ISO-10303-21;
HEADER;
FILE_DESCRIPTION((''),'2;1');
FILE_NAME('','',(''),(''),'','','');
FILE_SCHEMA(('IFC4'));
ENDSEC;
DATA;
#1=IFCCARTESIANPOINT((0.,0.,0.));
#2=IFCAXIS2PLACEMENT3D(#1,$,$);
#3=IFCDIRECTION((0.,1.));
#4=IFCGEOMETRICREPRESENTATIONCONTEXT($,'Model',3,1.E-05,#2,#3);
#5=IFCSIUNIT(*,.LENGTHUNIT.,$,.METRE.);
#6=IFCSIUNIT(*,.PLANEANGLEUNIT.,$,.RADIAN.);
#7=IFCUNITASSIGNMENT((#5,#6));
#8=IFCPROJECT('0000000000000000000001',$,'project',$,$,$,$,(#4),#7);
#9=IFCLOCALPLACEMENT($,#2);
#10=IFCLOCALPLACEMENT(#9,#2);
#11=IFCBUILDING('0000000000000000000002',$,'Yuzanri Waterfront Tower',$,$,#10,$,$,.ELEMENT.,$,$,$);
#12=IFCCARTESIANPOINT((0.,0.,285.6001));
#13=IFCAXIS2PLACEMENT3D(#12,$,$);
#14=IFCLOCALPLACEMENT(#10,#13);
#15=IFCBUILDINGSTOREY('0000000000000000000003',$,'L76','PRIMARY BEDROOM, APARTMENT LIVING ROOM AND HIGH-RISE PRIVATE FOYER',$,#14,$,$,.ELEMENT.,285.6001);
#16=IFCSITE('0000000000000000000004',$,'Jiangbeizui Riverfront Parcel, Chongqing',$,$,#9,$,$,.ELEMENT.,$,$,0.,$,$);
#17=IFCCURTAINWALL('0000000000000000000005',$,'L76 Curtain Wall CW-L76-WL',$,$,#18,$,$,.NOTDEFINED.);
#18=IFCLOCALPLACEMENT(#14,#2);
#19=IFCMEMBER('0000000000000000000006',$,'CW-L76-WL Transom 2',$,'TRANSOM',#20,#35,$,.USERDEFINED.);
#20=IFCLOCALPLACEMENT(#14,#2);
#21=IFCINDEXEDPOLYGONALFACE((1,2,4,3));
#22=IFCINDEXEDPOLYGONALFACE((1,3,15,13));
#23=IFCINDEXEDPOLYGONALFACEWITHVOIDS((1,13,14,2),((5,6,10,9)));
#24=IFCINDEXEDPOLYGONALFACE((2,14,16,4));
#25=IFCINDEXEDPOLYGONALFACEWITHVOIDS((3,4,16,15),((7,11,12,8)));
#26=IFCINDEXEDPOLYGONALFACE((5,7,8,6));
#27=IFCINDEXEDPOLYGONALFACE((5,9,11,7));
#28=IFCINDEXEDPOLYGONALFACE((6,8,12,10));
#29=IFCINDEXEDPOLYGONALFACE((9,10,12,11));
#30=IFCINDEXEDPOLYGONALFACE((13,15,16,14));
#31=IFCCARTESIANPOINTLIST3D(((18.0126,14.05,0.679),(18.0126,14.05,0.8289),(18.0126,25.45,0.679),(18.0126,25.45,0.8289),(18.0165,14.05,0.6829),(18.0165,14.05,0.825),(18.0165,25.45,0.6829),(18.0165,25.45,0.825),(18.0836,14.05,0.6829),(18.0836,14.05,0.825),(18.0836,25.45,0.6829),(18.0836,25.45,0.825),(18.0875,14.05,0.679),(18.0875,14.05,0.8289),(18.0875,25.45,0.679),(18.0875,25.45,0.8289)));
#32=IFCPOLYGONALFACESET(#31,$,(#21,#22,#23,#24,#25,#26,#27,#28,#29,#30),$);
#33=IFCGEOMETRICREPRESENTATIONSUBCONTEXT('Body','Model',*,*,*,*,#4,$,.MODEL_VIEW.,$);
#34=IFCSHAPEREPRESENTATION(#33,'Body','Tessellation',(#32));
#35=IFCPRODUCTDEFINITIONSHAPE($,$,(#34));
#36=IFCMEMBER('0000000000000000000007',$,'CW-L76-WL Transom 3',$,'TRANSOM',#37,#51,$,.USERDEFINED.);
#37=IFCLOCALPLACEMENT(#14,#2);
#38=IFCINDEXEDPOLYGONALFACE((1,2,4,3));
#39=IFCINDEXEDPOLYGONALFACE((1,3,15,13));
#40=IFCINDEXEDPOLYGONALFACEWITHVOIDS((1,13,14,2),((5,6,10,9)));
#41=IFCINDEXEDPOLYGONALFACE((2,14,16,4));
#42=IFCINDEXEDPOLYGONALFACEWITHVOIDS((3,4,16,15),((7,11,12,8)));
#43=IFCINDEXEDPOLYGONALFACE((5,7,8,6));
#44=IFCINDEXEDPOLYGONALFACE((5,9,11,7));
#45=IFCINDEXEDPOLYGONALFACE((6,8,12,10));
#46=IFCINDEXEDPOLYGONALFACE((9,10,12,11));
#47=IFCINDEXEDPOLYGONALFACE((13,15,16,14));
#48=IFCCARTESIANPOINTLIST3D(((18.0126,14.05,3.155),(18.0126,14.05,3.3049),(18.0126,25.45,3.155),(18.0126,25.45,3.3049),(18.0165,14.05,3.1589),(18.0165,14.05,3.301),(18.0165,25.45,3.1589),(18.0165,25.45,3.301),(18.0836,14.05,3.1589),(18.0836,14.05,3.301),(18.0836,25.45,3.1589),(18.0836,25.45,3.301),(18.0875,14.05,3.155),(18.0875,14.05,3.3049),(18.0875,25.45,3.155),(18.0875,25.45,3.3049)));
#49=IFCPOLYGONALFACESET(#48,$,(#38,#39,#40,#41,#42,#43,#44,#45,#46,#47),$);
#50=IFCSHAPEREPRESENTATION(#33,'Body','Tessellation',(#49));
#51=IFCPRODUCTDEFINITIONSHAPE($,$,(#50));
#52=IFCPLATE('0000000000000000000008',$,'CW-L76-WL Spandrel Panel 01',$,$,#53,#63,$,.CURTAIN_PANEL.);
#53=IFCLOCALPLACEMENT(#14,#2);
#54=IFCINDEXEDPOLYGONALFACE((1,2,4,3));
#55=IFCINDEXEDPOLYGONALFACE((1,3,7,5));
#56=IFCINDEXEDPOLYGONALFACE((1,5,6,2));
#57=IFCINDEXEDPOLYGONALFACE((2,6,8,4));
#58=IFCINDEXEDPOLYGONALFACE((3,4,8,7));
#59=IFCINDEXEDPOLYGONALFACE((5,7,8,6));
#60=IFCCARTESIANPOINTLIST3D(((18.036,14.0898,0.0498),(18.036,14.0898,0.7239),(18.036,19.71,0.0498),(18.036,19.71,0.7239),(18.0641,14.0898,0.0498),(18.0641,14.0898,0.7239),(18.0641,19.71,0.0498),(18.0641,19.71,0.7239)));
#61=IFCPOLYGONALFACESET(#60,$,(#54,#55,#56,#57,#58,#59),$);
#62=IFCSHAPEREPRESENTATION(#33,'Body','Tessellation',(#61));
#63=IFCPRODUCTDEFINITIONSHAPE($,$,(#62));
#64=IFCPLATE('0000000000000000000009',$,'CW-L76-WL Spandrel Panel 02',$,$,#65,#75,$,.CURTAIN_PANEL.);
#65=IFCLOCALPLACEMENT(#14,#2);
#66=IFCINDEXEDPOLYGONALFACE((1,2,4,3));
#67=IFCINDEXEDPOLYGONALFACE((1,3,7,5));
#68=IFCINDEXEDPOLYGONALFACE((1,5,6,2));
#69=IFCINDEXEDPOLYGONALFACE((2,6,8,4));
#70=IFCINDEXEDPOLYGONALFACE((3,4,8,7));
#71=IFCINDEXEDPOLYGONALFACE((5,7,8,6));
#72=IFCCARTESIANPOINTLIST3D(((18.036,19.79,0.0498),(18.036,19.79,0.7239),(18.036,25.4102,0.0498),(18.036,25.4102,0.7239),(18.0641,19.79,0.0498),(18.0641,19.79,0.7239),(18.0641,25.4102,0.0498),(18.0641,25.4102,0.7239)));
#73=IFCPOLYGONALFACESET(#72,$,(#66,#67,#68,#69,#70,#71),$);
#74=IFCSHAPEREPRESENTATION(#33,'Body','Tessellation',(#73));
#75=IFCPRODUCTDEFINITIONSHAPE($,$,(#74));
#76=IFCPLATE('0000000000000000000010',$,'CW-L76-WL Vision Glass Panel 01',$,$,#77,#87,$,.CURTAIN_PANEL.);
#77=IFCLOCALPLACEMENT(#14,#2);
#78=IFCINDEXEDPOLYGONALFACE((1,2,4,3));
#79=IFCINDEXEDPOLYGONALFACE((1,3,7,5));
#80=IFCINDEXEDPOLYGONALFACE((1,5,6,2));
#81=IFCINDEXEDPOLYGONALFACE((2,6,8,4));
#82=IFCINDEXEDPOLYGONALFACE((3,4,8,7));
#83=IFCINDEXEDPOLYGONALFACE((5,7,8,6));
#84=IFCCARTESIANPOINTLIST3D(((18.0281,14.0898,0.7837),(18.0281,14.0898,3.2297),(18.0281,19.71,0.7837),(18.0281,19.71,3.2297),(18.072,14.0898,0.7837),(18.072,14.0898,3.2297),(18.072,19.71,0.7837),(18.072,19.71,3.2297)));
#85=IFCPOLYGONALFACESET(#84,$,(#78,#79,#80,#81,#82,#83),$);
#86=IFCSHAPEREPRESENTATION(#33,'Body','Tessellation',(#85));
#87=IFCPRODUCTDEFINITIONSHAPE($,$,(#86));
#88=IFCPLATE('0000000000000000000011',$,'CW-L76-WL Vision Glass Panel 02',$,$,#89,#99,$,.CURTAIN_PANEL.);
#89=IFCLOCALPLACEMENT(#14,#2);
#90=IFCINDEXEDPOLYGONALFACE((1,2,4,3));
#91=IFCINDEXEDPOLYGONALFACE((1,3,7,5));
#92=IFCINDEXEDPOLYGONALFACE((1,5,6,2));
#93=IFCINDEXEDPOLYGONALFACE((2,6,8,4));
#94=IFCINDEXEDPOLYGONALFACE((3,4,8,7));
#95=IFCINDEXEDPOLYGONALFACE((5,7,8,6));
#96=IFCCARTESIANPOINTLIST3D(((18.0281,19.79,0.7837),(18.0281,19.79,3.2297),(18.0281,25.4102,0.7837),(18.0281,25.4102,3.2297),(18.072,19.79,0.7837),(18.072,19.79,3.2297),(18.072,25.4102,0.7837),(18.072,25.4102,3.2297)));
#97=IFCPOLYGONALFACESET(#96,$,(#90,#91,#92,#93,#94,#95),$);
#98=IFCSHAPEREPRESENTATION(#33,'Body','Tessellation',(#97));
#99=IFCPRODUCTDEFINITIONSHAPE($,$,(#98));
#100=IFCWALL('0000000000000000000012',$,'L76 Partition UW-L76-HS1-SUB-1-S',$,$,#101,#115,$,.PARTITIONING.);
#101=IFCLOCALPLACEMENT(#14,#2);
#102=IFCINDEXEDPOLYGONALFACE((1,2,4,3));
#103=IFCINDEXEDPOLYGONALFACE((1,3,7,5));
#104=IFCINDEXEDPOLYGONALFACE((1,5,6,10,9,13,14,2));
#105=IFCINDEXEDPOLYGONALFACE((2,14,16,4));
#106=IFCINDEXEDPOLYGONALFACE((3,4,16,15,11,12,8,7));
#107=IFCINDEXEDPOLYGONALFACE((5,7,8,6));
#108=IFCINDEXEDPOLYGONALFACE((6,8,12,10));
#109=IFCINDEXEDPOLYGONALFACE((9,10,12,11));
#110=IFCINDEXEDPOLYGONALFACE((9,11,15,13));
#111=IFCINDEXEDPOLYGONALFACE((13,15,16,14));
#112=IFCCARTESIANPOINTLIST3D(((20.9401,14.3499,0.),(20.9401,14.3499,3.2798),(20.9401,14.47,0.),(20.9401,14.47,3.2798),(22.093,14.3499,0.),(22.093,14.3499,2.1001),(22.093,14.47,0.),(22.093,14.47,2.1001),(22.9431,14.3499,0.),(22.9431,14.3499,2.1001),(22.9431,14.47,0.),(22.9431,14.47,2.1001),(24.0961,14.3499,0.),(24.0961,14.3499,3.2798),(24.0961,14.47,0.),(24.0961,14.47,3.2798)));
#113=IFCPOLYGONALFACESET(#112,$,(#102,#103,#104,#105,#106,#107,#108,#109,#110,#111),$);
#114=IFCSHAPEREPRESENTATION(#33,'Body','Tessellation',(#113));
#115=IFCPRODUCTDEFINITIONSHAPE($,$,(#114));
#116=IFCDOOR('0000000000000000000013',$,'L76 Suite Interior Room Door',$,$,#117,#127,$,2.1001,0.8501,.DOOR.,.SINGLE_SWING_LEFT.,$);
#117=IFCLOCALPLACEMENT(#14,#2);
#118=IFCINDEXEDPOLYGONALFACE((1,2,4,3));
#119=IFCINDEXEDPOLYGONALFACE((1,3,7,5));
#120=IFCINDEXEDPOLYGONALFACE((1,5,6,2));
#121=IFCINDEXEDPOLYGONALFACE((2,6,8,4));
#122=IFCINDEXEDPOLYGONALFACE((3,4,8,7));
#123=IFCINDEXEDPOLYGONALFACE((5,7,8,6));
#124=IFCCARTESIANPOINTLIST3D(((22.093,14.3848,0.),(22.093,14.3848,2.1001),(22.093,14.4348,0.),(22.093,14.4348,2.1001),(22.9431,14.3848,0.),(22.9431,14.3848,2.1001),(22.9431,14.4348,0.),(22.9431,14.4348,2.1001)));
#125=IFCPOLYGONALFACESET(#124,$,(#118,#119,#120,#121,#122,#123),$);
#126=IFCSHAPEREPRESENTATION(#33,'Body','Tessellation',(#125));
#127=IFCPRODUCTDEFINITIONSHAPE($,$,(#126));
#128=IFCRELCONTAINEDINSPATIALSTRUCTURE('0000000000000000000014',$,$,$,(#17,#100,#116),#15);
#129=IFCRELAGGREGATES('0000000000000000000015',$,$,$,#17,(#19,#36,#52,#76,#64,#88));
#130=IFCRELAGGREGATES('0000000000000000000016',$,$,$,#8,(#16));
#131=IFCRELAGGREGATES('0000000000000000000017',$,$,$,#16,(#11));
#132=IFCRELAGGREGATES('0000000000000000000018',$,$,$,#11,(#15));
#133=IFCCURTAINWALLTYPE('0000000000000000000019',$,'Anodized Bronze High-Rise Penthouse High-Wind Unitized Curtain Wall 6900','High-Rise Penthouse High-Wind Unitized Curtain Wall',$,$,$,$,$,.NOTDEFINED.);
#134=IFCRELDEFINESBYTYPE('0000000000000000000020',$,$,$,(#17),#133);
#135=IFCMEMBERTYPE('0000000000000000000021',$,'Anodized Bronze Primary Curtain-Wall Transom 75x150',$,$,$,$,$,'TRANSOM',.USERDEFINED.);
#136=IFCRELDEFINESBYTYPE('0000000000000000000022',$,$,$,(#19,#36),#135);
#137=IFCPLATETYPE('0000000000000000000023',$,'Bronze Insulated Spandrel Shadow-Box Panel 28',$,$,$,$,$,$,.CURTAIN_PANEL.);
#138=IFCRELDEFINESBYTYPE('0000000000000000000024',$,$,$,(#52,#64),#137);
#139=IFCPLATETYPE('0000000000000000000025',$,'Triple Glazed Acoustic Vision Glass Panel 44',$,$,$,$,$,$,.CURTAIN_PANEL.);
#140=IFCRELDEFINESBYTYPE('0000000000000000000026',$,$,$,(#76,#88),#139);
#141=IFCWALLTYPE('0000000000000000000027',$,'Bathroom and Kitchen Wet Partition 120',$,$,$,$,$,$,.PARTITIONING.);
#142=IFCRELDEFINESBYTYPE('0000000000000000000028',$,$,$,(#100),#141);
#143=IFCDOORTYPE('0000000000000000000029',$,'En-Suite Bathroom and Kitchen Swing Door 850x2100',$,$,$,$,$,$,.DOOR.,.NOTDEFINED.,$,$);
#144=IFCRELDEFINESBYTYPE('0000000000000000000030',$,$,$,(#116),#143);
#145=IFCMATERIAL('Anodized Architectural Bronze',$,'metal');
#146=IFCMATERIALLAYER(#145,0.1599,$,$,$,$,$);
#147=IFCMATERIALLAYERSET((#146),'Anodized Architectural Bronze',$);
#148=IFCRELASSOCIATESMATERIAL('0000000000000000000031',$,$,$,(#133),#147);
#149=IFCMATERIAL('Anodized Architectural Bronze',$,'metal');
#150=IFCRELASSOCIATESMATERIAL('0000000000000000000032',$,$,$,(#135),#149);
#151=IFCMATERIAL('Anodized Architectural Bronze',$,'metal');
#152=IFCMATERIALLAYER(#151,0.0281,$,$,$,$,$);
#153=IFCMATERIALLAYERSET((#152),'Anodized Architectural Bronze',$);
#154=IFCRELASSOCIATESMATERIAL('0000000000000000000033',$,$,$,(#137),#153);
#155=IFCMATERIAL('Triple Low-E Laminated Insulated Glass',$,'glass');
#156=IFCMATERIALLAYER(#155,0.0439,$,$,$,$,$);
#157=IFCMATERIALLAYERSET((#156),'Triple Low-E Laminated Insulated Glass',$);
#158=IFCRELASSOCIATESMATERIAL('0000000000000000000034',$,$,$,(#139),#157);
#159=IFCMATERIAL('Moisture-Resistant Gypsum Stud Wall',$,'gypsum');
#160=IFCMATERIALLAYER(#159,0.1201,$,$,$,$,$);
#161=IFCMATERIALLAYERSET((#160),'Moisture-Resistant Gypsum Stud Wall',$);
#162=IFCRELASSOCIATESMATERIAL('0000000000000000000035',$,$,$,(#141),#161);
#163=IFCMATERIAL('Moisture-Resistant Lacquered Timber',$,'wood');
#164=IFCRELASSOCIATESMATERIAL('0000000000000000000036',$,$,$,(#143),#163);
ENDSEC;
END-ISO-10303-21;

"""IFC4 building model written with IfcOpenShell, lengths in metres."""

from ifc_helpers import new_model, si_unit, direction, frame, frame_2d, origin, origin_2d, place, context, subcontext, project, spatial, rectangle, hollow_rectangle, extrude, source, transform, mapped, material, layer, layer_set, material_profile, profile_set, type_object, element, fill, aggregate, save


model = new_model("IFC4")

# Units and contexts
model_context = context("Model", 3, precision=1e-05, world=origin(), true_north=direction((0.0, 1.0)))
body_context = subcontext(model_context, "Body", "Model", "MODEL_VIEW")
ifc_project = project(units=[si_unit("LENGTHUNIT", "METRE"), si_unit("PLANEANGLEUNIT", "RADIAN")], contexts=[model_context])

# Site, building, storey
site_placement = place(None, origin())
site = spatial("IfcSite", under=ifc_project, at=site_placement, Name="Jiangbeizui Riverfront Parcel, Chongqing", CompositionType="ELEMENT", RefElevation=0.0)
building_placement = place(site_placement, origin())
building = spatial("IfcBuilding", under=site, at=building_placement, Name="Yuzanri Waterfront Tower", CompositionType="ELEMENT")
storey_placement = place(building_placement, frame((0.0, 0.0, 285.6001)))
storey = spatial("IfcBuildingStorey", under=building, at=storey_placement, Name="L76", Description="PRIMARY BEDROOM, APARTMENT LIVING ROOM AND HIGH-RISE PRIVATE FOYER", CompositionType="ELEMENT", Elevation=285.6001)

# Curtain wall, members, plates
ifc_material_1 = material(Name="Anodized Architectural Bronze", Category="metal")
ifc_layer_1 = layer(ifc_material_1, 0.1599)
ifc_layer_set_1 = layer_set([ifc_layer_1], Name="Anodized Architectural Bronze")
curtain_wall_type = type_object("IfcCurtainWallType", Name="Anodized Bronze High-Rise Penthouse High-Wind Unitized Curtain Wall 6900", Description="High-Rise Penthouse High-Wind Unitized Curtain Wall", PredefinedType="NOTDEFINED", material=ifc_layer_set_1)
curtain_wall_placement = place(storey_placement, origin())
curtain_wall = element("IfcCurtainWall", 1, at=curtain_wall_placement, inside=storey, type_object=curtain_wall_type, Name="L76 Curtain Wall CW-L76-WL", PredefinedType="NOTDEFINED")
ifc_material_2 = material(Name="Anodized Architectural Bronze", Category="metal")
ifc_material_profile_1 = material_profile(ifc_material_2, hollow_rectangle(XDim=0.075, YDim=0.1499, WallThickness=0.0039, at=origin_2d()), Name="CWT 75x150")
ifc_profile_set_1 = profile_set([ifc_material_profile_1], Name="Anodized Architectural Bronze")
member_type_1 = type_object("IfcMemberType", Name="Anodized Bronze Primary Curtain-Wall Transom 75x150", ElementType="TRANSOM", PredefinedType="USERDEFINED", material=ifc_profile_set_1)
shared_shape_1 = source(origin(), body_context, "Body", "SweptSolid", [
    extrude(hollow_rectangle(XDim=0.075, YDim=0.1499, WallThickness=0.0039, at=origin_2d()), origin(), (0.0, 0.0, 1.0), 11.3999),
])
member_1_placement = place(storey_placement, frame((18.05, 14.05, 0.7539), z_axis=(0.0, 1.0, 0.0), x_axis=(-1.0, 0.0, 0.0)))
member_1 = element("IfcMember", 2, at=member_1_placement, type_object=member_type_1, Name="CW-L76-WL Transom 2", ObjectType="TRANSOM", PredefinedType="USERDEFINED", context=body_context, shape_type="MappedRepresentation", body=[
    mapped(shared_shape_1, transform((0.0, 0.0, 0.0), scale=1.0)),
])
member_2_placement = place(storey_placement, frame((18.05, 14.05, 3.23), z_axis=(0.0, 1.0, 0.0), x_axis=(-1.0, 0.0, 0.0)))
member_2 = element("IfcMember", 3, at=member_2_placement, type_object=member_type_1, Name="CW-L76-WL Transom 3", ObjectType="TRANSOM", PredefinedType="USERDEFINED", context=body_context, shape_type="MappedRepresentation", body=[
    mapped(shared_shape_1, transform((0.0, 0.0, 0.0), scale=1.0)),
])
ifc_material_3 = material(Name="Anodized Architectural Bronze", Category="metal")
ifc_layer_2 = layer(ifc_material_3, 0.0281)
ifc_layer_set_2 = layer_set([ifc_layer_2], Name="Anodized Architectural Bronze")
plate_type_1 = type_object("IfcPlateType", Name="Bronze Insulated Spandrel Shadow-Box Panel 28", PredefinedType="CURTAIN_PANEL", material=ifc_layer_set_2)
shared_shape_2 = source(origin(), body_context, "Body", "SweptSolid", [
    extrude(rectangle(XDim=5.6201, YDim=0.0281, at=origin_2d()), origin(), (0.0, 0.0, 1.0), 0.6741),
])
plate_1_placement = place(storey_placement, frame((18.05, 16.8999, 0.0498), z_axis=(0.0, 0.0, 1.0), x_axis=(0.0, 1.0, 0.0)))
plate_1 = element("IfcPlate", 4, at=plate_1_placement, type_object=plate_type_1, Name="CW-L76-WL Spandrel Panel 01", PredefinedType="CURTAIN_PANEL", context=body_context, shape_type="MappedRepresentation", body=[
    mapped(shared_shape_2, transform((0.0, 0.0, 0.0), scale=1.0)),
])
plate_2_placement = place(storey_placement, frame((18.05, 22.6001, 0.0498), z_axis=(0.0, 0.0, 1.0), x_axis=(0.0, 1.0, 0.0)))
plate_2 = element("IfcPlate", 5, at=plate_2_placement, type_object=plate_type_1, Name="CW-L76-WL Spandrel Panel 02", PredefinedType="CURTAIN_PANEL", context=body_context, shape_type="MappedRepresentation", body=[
    mapped(shared_shape_2, transform((0.0, 0.0, 0.0), scale=1.0)),
])
ifc_material_4 = material(Name="Triple Low-E Laminated Insulated Glass", Category="glass")
ifc_layer_3 = layer(ifc_material_4, 0.0439)
ifc_layer_set_3 = layer_set([ifc_layer_3], Name="Triple Low-E Laminated Insulated Glass")
plate_type_2 = type_object("IfcPlateType", Name="Triple Glazed Acoustic Vision Glass Panel 44", PredefinedType="CURTAIN_PANEL", material=ifc_layer_set_3)
shared_shape_3 = source(origin(), body_context, "Body", "SweptSolid", [
    extrude(rectangle(XDim=5.6201, YDim=0.0439, at=origin_2d()), origin(), (0.0, 0.0, 1.0), 2.446),
])
plate_3_placement = place(storey_placement, frame((18.05, 16.8999, 0.7837), z_axis=(0.0, 0.0, 1.0), x_axis=(0.0, 1.0, 0.0)))
plate_3 = element("IfcPlate", 6, at=plate_3_placement, type_object=plate_type_2, Name="CW-L76-WL Vision Glass Panel 01", PredefinedType="CURTAIN_PANEL", context=body_context, shape_type="MappedRepresentation", body=[
    mapped(shared_shape_3, transform((0.0, 0.0, 0.0), scale=1.0)),
])
plate_4_placement = place(storey_placement, frame((18.05, 22.6001, 0.7837), z_axis=(0.0, 0.0, 1.0), x_axis=(0.0, 1.0, 0.0)))
plate_4 = element("IfcPlate", 7, at=plate_4_placement, type_object=plate_type_2, Name="CW-L76-WL Vision Glass Panel 02", PredefinedType="CURTAIN_PANEL", context=body_context, shape_type="MappedRepresentation", body=[
    mapped(shared_shape_3, transform((0.0, 0.0, 0.0), scale=1.0)),
])
aggregate(curtain_wall, [member_1, member_2, plate_1, plate_3, plate_2, plate_4])

# Wall, opening, door
ifc_material_5 = material(Name="Moisture-Resistant Gypsum Stud Wall", Category="gypsum")
ifc_layer_4 = layer(ifc_material_5, 0.1201)
ifc_layer_set_4 = layer_set([ifc_layer_4], Name="Moisture-Resistant Gypsum Stud Wall")
wall_type_1 = type_object("IfcWallType", Name="Bathroom and Kitchen Wet Partition 120", PredefinedType="PARTITIONING", material=ifc_layer_set_4)
wall_1_placement = place(storey_placement, frame((20.9399, 14.4099, 0.0), z_axis=(0.0, 0.0, 1.0), x_axis=(1.0, 0.0, 0.0)))
wall_1 = element("IfcWall", 8, at=wall_1_placement, inside=storey, type_object=wall_type_1, Name="L76 Partition UW-L76-HS1-SUB-1-S", PredefinedType="PARTITIONING", context=body_context, shape_type="SweptSolid", body=[
    extrude(rectangle(XDim=3.156, YDim=0.1201, at=frame_2d((1.5781, 0.0))), origin(), (0.0, 0.0, 1.0), 3.2798),
])
opening_1_placement = place(wall_1_placement, frame((1.1531, 0.0, 0.0)))
opening_1 = element("IfcOpeningElement", 9, at=opening_1_placement, cuts=wall_1, PredefinedType="OPENING", context=body_context, shape_type="SweptSolid", body=[
    extrude(rectangle(XDim=0.8501, YDim=2.1001, at=frame_2d((0.425, 1.05))), frame((0.0, 0.075, 0.0), z_axis=(0.0, -1.0, 0.0), x_axis=(1.0, 0.0, 0.0)), (0.0, 0.0, 1.0), 0.1499),
])
ifc_material_6 = material(Name="Moisture-Resistant Lacquered Timber", Category="wood")
door_type_1 = type_object("IfcDoorType", Name="En-Suite Bathroom and Kitchen Swing Door 850x2100", OperationType="NOTDEFINED", PredefinedType="DOOR", material=ifc_material_6)
shared_shape_4 = source(origin(), body_context, "Body", "SweptSolid", [
    extrude(rectangle(XDim=0.8501, YDim=2.1001, at=frame_2d((0.425, 1.05))), frame((0.0, 0.0249, 0.0), z_axis=(0.0, -1.0, 0.0), x_axis=(1.0, 0.0, 0.0)), (0.0, 0.0, 1.0), 0.05),
])
door_1_placement = place(opening_1_placement, origin())
door_1 = element("IfcDoor", 10, at=door_1_placement, inside=storey, type_object=door_type_1, Name="L76 Suite Interior Room Door", OperationType="SINGLE_SWING_LEFT", OverallHeight=2.1001, OverallWidth=0.8501, PredefinedType="DOOR", context=body_context, shape_type="MappedRepresentation", body=[
    mapped(shared_shape_4, transform((0.0, 0.0, 0.0), scale=1.0)),
])
fill(opening_1, door_1)

save(model, "model.ifc")
